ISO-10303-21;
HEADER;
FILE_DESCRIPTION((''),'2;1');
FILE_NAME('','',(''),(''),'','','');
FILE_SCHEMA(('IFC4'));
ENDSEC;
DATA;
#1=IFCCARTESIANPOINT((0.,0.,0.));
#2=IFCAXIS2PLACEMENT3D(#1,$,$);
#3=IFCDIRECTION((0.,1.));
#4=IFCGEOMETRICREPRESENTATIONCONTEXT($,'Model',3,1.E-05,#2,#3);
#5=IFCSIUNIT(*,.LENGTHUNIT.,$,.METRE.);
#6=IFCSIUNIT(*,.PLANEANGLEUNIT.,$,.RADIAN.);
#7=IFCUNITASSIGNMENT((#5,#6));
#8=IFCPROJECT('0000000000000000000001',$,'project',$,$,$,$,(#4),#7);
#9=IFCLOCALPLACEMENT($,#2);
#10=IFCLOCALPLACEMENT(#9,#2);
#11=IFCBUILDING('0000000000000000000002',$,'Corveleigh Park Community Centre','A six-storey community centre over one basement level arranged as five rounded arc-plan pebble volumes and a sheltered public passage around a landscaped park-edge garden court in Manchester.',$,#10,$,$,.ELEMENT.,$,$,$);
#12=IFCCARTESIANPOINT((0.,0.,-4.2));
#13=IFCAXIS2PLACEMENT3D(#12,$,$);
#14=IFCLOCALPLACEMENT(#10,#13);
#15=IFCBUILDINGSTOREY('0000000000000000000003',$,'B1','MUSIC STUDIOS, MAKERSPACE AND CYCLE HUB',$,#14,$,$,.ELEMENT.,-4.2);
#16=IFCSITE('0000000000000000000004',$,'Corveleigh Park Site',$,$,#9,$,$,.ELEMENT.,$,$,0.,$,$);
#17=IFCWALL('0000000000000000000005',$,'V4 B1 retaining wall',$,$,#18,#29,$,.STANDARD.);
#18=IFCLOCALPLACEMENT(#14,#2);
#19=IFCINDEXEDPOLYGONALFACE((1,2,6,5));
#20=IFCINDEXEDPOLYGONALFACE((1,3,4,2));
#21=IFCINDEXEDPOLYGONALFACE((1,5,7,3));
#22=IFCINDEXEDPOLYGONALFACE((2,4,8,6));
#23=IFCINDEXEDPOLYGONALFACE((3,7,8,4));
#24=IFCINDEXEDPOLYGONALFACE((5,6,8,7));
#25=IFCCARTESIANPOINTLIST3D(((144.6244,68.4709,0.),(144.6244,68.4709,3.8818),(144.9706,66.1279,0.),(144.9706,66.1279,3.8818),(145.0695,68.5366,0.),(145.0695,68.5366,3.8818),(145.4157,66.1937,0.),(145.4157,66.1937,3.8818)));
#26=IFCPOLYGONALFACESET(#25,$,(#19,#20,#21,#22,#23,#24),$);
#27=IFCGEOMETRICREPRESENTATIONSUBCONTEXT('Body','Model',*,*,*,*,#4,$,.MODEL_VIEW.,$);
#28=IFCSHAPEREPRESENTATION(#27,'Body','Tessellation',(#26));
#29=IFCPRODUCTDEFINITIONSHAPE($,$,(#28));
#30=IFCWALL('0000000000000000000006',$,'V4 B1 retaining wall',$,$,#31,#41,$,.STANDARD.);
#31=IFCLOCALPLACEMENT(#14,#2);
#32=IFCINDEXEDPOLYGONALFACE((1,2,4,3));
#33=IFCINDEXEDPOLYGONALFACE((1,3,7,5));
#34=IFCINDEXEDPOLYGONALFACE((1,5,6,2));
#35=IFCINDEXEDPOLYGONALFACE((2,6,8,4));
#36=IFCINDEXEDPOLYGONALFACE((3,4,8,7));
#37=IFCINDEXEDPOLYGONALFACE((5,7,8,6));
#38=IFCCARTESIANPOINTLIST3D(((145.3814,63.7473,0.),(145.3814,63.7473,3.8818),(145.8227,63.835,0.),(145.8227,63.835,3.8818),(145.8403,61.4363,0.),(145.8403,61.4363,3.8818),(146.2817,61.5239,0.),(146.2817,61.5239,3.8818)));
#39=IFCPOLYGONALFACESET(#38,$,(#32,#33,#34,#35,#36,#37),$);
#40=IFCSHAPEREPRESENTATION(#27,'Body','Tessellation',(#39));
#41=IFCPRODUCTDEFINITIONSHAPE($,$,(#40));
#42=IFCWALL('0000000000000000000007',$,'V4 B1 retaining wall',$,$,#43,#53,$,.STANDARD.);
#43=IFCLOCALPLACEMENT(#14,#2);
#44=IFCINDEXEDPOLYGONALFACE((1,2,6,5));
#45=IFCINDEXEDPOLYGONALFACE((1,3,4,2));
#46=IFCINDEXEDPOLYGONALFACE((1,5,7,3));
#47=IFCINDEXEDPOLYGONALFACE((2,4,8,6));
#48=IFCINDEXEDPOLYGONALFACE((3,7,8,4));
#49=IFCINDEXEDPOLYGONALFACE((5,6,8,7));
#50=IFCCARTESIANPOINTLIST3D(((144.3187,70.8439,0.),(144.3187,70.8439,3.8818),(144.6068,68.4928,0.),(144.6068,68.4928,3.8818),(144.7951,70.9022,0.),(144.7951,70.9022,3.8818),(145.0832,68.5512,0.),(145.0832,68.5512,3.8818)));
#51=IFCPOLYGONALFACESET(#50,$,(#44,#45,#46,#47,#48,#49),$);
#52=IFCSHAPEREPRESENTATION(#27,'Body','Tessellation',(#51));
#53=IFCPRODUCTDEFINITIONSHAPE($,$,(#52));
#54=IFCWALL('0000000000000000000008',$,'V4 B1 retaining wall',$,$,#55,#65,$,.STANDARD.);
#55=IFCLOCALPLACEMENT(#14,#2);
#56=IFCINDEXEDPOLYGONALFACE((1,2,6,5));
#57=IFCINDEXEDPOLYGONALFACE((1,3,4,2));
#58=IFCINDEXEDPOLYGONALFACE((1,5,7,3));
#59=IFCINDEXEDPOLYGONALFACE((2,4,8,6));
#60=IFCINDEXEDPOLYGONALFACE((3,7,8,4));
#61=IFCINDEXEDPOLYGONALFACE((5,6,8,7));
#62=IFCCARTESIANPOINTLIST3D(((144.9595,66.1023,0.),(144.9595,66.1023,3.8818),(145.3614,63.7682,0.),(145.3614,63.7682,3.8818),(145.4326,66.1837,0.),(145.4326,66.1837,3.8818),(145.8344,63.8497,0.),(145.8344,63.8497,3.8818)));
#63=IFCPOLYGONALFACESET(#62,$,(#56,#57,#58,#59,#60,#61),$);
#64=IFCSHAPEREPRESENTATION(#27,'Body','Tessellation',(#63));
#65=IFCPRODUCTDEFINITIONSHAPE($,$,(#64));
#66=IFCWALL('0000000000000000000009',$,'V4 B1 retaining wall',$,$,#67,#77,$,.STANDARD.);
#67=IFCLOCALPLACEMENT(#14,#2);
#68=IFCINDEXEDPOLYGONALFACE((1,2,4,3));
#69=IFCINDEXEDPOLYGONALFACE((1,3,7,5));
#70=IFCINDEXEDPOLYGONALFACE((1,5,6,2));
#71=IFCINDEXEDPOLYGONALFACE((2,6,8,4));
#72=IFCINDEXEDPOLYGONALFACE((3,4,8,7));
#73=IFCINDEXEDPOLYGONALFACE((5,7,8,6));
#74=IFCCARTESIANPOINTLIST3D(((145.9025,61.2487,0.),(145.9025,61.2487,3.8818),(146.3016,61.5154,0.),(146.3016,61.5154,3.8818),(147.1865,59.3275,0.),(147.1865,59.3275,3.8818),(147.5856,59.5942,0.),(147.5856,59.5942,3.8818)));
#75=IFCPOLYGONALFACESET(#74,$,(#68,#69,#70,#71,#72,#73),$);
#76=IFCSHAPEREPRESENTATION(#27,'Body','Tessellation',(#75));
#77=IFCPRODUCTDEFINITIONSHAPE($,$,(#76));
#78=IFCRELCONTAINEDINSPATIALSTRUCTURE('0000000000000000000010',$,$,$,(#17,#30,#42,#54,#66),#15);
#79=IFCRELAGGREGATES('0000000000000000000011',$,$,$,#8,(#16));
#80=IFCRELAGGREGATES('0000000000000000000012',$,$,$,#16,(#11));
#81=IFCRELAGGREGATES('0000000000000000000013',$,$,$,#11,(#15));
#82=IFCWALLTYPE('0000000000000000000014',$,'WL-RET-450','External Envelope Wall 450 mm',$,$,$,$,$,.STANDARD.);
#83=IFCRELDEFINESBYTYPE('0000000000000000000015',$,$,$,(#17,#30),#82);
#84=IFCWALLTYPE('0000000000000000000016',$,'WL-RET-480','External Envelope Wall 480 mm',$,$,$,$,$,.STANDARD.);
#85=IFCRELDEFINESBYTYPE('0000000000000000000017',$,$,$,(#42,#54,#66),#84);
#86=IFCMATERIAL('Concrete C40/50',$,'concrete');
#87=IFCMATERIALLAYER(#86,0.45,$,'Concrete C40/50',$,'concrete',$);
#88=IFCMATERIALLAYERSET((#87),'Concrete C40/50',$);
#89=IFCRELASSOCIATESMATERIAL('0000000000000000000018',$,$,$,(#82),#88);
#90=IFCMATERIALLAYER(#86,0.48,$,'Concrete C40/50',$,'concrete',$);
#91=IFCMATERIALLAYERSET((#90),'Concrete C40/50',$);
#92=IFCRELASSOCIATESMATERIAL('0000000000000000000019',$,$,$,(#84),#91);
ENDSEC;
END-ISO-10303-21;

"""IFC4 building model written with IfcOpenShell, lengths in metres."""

from ifc_helpers import new_model, si_unit, direction, frame, frame_2d, origin, place, context, subcontext, project, spatial, rectangle, extrude, material, layer, layer_set, type_object, element, save


model = new_model("IFC4")

# Units and contexts
model_context = context("Model", 3, precision=1e-05, world=origin(), true_north=direction((0.0, 1.0)))
body_context = subcontext(model_context, "Body", "Model", "MODEL_VIEW")
ifc_project = project(units=[si_unit("LENGTHUNIT", "METRE"), si_unit("PLANEANGLEUNIT", "RADIAN")], contexts=[model_context])

# Site, building, storey
site_placement = place(None, origin())
site = spatial("IfcSite", under=ifc_project, at=site_placement, Name="Corveleigh Park Site", CompositionType="ELEMENT", RefElevation=0.0)
building_placement = place(site_placement, origin())
building = spatial("IfcBuilding", under=site, at=building_placement, Name="Corveleigh Park Community Centre", Description="A six-storey community centre over one basement level arranged as five rounded arc-plan pebble volumes and a sheltered public passage around a landscaped park-edge garden court in Manchester.", CompositionType="ELEMENT")
storey_placement = place(building_placement, frame((0.0, 0.0, -4.2)))
storey = spatial("IfcBuildingStorey", under=building, at=storey_placement, Name="B1", Description="MUSIC STUDIOS, MAKERSPACE AND CYCLE HUB", CompositionType="ELEMENT", Elevation=-4.2)

# Shared definitions
ifc_material_1 = material(Name="Concrete C40/50", Category="concrete")

# Walls
ifc_layer_1 = layer(ifc_material_1, 0.45, Name="Concrete C40/50", Category="concrete")
ifc_layer_set_1 = layer_set([ifc_layer_1], Name="Concrete C40/50")
wall_type_1 = type_object("IfcWallType", Name="WL-RET-450", Description="External Envelope Wall 450 mm", PredefinedType="STANDARD", material=ifc_layer_set_1)
wall_1_placement = place(storey_placement, frame((145.1931, 66.1609, 0.0), z_axis=(0.0, 0.0, 1.0), x_axis=(-0.146168, 0.98926, 0.0)))
element("IfcWall", 1, at=wall_1_placement, inside=storey, type_object=wall_type_1, Name="V4 B1 retaining wall", PredefinedType="STANDARD", context=body_context, shape_type="SweptSolid", body=[
    extrude(rectangle(XDim=2.3684, YDim=0.45, at=frame_2d((1.1841, 0.0))), origin(), (0.0, 0.0, 1.0), 3.8818),
])
wall_2_placement = place(storey_placement, frame((146.061, 61.48, 0.0), z_axis=(0.0, 0.0, 1.0), x_axis=(-0.194801, 0.980843, 0.0)))
element("IfcWall", 2, at=wall_2_placement, inside=storey, type_object=wall_type_1, Name="V4 B1 retaining wall", PredefinedType="STANDARD", context=body_context, shape_type="SweptSolid", body=[
    extrude(rectangle(XDim=2.3562, YDim=0.45, at=frame_2d((1.1782, 0.0))), origin(), (0.0, 0.0, 1.0), 3.8818),
])
ifc_layer_2 = layer(ifc_material_1, 0.48, Name="Concrete C40/50", Category="concrete")
ifc_layer_set_2 = layer_set([ifc_layer_2], Name="Concrete C40/50")
wall_type_2 = type_object("IfcWallType", Name="WL-RET-480", Description="External Envelope Wall 480 mm", PredefinedType="STANDARD", material=ifc_layer_set_2)
wall_3_placement = place(storey_placement, frame((144.845, 68.522, 0.0), z_axis=(0.0, 0.0, 1.0), x_axis=(-0.121624, 0.992576, 0.0)))
element("IfcWall", 3, at=wall_3_placement, inside=storey, type_object=wall_type_2, Name="V4 B1 retaining wall", PredefinedType="STANDARD", context=body_context, shape_type="SweptSolid", body=[
    extrude(rectangle(XDim=2.3687, YDim=0.48, at=frame_2d((1.1843, 0.0))), origin(), (0.0, 0.0, 1.0), 3.8818),
])
wall_4_placement = place(storey_placement, frame((145.5979, 63.8091, 0.0), z_axis=(0.0, 0.0, 1.0), x_axis=(-0.169679, 0.985499, 0.0)))
element("IfcWall", 4, at=wall_4_placement, inside=storey, type_object=wall_type_2, Name="V4 B1 retaining wall", PredefinedType="STANDARD", context=body_context, shape_type="SweptSolid", body=[
    extrude(rectangle(XDim=2.3684, YDim=0.48, at=frame_2d((1.1841, 0.0))), origin(), (0.0, 0.0, 1.0), 3.8818),
])
wall_5_placement = place(storey_placement, frame((147.386, 59.4609, 0.0), z_axis=(0.0, 0.0, 1.0), x_axis=(-0.555651, 0.831416, 0.0)))
element("IfcWall", 5, at=wall_5_placement, inside=storey, type_object=wall_type_2, Name="V4 B1 retaining wall", PredefinedType="STANDARD", context=body_context, shape_type="SweptSolid", body=[
    extrude(rectangle(XDim=2.3108, YDim=0.48, at=frame_2d((1.1553, 0.0))), origin(), (0.0, 0.0, 1.0), 3.8818),
])

save(model, "model.ifc")
